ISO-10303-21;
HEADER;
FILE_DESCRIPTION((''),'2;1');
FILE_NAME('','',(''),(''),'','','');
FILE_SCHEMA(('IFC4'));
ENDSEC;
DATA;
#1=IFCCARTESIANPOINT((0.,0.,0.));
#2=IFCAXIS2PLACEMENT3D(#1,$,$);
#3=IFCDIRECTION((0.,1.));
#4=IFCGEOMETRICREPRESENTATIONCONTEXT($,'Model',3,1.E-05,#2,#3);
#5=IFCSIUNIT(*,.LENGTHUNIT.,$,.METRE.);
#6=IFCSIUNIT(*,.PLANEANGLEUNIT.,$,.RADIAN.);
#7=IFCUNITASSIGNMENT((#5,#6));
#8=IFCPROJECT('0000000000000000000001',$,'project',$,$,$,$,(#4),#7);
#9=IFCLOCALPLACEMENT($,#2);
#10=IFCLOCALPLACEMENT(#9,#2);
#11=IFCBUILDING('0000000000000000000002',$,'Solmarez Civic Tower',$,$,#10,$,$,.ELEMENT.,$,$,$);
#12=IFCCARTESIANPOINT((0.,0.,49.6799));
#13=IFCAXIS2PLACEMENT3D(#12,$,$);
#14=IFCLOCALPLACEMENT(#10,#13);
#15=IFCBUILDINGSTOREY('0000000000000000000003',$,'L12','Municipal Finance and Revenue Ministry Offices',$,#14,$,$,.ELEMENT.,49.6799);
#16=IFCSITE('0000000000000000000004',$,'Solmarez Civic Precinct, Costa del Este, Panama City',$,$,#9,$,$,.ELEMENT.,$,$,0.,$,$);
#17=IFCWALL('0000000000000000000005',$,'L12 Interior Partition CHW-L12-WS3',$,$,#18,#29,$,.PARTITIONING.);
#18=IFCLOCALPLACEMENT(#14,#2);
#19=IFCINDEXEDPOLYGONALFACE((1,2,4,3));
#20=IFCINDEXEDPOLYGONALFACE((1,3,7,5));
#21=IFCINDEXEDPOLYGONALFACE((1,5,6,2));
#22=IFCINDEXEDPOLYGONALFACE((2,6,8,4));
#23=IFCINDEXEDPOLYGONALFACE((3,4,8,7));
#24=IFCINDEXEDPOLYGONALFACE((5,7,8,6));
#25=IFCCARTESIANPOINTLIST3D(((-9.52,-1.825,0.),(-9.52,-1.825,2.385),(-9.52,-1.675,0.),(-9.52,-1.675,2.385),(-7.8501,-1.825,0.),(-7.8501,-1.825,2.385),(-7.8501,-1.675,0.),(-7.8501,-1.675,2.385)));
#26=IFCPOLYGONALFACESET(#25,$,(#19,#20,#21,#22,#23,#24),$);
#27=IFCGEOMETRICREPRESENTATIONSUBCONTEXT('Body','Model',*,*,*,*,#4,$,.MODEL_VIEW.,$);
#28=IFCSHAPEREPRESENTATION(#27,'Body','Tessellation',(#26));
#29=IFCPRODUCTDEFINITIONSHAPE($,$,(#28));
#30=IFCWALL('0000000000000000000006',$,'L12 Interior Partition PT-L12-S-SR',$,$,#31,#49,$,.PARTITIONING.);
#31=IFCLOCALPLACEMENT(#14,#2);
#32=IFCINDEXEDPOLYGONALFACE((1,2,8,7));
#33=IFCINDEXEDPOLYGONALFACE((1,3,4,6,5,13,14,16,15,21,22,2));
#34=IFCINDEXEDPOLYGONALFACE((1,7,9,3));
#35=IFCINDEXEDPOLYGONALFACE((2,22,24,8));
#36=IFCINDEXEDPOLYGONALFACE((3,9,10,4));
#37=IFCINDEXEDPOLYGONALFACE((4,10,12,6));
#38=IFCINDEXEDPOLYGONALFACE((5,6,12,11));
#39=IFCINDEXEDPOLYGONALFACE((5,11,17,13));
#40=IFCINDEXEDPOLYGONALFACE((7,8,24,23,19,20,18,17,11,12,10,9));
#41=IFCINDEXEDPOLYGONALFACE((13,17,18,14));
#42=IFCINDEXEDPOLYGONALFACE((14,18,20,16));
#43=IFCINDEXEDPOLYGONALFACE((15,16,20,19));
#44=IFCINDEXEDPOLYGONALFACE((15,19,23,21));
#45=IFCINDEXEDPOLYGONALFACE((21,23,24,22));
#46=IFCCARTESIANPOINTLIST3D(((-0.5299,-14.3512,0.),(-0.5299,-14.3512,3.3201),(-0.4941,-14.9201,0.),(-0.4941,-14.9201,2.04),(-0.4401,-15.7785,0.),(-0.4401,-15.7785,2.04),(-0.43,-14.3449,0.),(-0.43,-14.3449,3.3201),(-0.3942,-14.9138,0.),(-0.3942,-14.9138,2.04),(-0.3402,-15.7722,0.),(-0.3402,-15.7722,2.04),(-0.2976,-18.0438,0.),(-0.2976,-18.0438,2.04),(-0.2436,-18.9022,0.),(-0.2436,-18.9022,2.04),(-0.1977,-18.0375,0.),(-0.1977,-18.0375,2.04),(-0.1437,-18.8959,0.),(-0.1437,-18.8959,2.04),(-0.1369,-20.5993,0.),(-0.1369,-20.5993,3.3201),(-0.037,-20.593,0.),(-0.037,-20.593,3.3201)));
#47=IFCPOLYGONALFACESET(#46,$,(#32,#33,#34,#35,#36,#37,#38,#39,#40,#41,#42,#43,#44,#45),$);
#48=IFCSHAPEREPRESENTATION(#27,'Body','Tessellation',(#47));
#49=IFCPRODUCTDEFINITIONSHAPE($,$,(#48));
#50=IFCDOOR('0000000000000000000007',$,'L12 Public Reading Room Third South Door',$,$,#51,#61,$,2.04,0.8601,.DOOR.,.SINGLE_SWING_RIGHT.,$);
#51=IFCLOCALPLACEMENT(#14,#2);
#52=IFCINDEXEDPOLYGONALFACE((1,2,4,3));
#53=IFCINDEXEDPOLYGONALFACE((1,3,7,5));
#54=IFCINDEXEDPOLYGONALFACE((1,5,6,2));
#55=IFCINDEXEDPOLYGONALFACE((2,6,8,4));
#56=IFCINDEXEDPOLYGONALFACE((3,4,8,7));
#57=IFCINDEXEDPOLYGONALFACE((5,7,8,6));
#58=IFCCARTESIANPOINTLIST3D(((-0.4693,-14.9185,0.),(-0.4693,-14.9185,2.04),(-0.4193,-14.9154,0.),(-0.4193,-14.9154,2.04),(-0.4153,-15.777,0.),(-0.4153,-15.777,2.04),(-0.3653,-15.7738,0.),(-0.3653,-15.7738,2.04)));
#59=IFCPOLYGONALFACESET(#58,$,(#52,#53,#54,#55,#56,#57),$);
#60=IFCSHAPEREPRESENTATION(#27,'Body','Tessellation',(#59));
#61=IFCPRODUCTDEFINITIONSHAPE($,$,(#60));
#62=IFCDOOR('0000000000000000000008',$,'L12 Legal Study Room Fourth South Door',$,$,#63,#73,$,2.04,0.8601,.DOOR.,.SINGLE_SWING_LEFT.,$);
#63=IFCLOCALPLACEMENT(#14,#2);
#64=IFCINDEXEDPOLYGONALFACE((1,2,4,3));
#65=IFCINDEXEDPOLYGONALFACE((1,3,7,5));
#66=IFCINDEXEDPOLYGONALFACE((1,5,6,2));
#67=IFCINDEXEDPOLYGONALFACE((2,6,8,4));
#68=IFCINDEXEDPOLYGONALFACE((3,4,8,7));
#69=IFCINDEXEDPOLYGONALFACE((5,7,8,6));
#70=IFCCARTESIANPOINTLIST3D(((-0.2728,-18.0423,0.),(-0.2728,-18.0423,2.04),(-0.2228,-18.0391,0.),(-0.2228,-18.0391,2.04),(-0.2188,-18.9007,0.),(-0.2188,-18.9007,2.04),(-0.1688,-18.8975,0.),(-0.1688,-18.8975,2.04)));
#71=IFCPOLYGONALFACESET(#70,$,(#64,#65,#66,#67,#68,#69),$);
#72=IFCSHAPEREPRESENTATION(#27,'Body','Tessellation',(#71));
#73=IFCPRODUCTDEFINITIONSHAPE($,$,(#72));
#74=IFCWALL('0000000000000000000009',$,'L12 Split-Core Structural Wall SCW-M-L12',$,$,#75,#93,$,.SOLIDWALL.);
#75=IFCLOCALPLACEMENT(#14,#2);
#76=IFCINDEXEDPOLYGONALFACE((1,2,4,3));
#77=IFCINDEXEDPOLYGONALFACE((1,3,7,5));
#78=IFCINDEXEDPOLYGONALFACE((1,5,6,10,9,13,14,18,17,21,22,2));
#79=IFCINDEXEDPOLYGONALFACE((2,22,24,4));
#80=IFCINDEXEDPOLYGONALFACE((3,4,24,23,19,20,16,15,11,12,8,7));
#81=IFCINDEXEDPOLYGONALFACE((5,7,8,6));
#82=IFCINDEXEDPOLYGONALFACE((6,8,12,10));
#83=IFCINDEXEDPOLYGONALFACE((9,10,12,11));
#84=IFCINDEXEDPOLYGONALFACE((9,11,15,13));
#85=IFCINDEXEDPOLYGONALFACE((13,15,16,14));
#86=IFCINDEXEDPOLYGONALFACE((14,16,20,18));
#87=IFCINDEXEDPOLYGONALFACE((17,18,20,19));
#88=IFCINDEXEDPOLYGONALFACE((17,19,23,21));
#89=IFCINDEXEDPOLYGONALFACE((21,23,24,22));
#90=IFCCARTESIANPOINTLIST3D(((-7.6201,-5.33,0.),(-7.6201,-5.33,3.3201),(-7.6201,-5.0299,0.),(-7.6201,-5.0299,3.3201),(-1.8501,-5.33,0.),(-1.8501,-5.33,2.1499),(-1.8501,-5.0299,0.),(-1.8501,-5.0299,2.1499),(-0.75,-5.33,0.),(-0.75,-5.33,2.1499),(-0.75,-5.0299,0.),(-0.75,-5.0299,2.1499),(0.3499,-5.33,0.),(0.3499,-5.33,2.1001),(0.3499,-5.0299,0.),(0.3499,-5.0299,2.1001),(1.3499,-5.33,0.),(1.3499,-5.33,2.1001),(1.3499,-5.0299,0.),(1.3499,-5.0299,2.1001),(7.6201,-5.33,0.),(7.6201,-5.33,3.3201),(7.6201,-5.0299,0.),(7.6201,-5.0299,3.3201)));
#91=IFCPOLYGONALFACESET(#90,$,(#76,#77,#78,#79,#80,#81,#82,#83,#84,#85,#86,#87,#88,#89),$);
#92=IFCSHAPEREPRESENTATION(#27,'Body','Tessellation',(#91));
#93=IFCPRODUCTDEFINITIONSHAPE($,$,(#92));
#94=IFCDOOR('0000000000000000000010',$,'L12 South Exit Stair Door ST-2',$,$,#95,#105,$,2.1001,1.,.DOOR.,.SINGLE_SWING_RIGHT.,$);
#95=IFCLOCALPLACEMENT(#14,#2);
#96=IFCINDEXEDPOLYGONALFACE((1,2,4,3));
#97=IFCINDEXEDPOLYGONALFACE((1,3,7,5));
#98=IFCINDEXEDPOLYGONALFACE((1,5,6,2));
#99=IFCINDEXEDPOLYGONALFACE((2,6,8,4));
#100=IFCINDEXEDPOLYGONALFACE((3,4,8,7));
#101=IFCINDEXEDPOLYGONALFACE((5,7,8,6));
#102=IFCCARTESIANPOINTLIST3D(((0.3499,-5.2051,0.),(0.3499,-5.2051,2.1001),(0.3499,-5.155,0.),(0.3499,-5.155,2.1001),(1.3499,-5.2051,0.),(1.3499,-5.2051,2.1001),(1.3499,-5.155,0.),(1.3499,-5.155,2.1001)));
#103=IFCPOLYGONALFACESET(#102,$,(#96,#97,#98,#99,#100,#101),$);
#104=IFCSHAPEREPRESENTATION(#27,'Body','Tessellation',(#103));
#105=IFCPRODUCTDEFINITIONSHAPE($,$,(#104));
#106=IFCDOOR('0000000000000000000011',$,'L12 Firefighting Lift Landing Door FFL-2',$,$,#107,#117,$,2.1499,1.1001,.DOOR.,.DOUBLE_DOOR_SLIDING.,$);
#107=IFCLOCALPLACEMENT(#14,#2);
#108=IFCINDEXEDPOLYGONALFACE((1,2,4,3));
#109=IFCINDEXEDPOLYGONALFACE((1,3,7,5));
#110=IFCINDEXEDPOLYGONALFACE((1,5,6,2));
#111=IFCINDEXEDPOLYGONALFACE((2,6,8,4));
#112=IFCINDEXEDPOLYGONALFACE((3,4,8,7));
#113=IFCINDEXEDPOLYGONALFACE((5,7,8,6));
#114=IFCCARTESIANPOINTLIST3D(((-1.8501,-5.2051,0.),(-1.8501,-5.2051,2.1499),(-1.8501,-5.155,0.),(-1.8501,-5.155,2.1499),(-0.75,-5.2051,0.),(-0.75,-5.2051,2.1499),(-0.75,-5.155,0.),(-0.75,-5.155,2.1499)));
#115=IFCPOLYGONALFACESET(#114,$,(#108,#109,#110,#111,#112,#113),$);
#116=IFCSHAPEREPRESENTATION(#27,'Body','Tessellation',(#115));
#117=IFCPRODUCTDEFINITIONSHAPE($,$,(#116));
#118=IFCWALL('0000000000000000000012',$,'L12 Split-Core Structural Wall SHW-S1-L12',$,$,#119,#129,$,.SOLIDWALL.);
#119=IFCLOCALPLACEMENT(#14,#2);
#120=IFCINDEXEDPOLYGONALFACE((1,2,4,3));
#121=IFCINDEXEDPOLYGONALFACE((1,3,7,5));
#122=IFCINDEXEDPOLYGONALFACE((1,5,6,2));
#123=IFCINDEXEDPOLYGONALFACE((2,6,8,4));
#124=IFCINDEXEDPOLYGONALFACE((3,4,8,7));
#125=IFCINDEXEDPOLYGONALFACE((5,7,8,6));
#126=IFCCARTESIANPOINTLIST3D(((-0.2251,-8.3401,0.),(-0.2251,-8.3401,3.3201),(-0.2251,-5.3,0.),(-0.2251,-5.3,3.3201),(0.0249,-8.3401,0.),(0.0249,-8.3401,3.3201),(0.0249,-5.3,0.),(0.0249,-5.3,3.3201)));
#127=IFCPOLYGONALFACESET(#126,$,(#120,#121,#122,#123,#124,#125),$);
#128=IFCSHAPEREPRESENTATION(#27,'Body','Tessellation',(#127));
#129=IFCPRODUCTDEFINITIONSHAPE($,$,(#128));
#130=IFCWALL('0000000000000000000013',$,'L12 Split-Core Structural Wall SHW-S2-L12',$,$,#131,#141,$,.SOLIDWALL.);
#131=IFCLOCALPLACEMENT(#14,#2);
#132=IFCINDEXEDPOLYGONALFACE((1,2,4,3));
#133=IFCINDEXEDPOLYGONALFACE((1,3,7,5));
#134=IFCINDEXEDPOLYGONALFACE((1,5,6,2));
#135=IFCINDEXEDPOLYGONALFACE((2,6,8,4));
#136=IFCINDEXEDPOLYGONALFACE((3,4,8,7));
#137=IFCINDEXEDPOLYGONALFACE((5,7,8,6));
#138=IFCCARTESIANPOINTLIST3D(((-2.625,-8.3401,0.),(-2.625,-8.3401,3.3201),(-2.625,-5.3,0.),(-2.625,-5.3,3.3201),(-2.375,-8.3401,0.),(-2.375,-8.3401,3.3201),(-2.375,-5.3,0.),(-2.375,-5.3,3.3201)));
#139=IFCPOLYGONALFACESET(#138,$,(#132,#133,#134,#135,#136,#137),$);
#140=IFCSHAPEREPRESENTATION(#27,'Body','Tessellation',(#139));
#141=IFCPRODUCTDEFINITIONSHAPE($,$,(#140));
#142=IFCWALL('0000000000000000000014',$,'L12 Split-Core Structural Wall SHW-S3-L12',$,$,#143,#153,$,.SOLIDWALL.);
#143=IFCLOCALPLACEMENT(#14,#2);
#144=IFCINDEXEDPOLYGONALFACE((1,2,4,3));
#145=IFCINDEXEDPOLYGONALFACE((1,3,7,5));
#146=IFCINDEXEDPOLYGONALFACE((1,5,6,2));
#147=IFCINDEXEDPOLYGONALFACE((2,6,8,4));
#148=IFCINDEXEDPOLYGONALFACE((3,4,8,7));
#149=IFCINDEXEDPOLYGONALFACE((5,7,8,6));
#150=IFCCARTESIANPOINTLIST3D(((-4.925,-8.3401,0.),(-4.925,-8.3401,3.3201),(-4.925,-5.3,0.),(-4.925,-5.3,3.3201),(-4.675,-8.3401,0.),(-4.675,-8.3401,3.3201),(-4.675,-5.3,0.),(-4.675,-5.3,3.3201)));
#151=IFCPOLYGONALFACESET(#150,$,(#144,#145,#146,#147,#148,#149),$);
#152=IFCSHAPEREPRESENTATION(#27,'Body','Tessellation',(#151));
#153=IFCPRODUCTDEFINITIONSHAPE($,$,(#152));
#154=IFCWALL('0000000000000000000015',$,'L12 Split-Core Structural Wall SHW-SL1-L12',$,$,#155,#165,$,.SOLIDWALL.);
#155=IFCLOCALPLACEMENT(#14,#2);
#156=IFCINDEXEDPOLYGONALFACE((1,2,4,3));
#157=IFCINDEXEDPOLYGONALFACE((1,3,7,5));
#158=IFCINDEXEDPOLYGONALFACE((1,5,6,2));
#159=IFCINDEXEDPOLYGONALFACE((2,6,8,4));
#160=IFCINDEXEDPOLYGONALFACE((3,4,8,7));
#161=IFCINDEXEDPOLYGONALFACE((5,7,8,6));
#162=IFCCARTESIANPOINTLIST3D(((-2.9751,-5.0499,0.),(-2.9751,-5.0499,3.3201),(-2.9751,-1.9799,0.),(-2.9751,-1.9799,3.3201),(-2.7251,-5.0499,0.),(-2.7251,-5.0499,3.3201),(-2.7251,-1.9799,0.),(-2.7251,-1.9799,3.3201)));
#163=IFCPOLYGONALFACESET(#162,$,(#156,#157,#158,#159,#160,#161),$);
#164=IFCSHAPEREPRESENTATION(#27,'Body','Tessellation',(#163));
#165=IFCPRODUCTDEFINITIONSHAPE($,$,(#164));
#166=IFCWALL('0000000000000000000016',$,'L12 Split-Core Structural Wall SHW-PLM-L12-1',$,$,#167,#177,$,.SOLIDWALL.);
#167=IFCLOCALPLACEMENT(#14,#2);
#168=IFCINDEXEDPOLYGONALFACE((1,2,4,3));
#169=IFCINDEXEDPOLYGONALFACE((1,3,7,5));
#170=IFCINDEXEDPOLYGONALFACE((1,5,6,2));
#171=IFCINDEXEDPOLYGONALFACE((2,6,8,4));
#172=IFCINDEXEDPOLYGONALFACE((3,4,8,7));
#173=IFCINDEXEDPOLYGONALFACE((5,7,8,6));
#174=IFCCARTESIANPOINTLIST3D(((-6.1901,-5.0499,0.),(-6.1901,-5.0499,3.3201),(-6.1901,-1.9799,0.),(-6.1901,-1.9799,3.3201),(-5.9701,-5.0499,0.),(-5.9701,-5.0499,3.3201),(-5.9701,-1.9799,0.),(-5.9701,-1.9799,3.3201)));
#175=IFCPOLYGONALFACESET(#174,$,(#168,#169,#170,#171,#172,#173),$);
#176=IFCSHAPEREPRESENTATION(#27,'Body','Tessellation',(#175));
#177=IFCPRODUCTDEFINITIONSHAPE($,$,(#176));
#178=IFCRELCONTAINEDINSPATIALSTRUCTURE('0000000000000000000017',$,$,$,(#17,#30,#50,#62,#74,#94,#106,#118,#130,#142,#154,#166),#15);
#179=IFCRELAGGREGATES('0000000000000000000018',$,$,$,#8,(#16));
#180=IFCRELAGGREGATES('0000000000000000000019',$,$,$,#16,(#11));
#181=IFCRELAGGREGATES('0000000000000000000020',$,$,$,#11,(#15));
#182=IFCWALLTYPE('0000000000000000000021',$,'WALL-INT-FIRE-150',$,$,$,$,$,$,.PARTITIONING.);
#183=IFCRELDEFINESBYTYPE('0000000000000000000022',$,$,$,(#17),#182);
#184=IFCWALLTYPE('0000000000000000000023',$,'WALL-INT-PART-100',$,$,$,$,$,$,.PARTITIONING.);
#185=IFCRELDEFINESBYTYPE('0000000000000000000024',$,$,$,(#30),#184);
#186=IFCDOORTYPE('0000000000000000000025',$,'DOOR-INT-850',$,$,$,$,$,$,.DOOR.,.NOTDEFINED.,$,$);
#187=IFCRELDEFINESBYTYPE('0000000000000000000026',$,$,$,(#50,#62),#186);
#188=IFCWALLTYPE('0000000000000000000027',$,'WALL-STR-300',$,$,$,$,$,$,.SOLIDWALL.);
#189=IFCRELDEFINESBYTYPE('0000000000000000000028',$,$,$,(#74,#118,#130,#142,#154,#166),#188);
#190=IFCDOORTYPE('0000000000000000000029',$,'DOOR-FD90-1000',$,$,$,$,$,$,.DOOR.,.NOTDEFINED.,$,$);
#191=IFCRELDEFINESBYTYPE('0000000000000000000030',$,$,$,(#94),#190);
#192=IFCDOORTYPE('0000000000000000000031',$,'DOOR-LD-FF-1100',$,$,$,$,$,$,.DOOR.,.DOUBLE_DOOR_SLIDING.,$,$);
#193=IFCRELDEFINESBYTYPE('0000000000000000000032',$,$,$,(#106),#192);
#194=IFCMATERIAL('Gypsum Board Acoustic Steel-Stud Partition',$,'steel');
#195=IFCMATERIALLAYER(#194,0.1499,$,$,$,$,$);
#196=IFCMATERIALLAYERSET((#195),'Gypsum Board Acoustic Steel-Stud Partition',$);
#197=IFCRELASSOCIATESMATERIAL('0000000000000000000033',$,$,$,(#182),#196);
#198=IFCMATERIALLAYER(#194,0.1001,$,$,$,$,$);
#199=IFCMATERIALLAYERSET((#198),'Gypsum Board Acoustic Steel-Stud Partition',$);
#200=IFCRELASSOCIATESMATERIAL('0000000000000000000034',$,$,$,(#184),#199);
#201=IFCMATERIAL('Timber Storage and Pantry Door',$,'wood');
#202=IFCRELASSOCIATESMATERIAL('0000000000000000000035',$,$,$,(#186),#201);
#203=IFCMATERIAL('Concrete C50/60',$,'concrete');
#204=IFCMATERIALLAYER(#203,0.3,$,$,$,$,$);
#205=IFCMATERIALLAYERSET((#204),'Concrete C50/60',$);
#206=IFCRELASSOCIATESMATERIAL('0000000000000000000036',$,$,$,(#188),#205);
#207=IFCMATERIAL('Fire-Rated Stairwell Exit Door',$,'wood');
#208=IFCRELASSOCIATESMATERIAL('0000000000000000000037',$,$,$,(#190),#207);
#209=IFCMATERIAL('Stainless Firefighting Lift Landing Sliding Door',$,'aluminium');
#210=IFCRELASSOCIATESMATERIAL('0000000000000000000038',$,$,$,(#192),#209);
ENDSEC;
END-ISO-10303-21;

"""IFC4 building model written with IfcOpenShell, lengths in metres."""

from ifc_helpers import new_model, si_unit, direction, frame, frame_2d, origin, place, context, subcontext, project, spatial, rectangle, extrude, material, layer, layer_set, type_object, element, fill, save


model = new_model("IFC4")

# Units and contexts
model_context = context("Model", 3, precision=1e-05, world=origin(), true_north=direction((0.0, 1.0)))
body_context = subcontext(model_context, "Body", "Model", "MODEL_VIEW")
ifc_project = project(units=[si_unit("LENGTHUNIT", "METRE"), si_unit("PLANEANGLEUNIT", "RADIAN")], contexts=[model_context])

# Site, building, storey
site_placement = place(None, origin())
site = spatial("IfcSite", under=ifc_project, at=site_placement, Name="Solmarez Civic Precinct, Costa del Este, Panama City", CompositionType="ELEMENT", RefElevation=0.0)
building_placement = place(site_placement, origin())
building = spatial("IfcBuilding", under=site, at=building_placement, Name="Solmarez Civic Tower", CompositionType="ELEMENT")
storey_placement = place(building_placement, frame((0.0, 0.0, 49.6799)))
storey = spatial("IfcBuildingStorey", under=building, at=storey_placement, Name="L12", Description="Municipal Finance and Revenue Ministry Offices", CompositionType="ELEMENT", Elevation=49.6799)

# Shared definitions
ifc_material_1 = material(Name="Concrete C50/60", Category="concrete")

# Wall
ifc_material_2 = material(Name="Gypsum Board Acoustic Steel-Stud Partition", Category="steel")
ifc_layer_1 = layer(ifc_material_2, 0.1499)
ifc_layer_set_1 = layer_set([ifc_layer_1], Name="Gypsum Board Acoustic Steel-Stud Partition")
wall_type_1 = type_object("IfcWallType", Name="WALL-INT-FIRE-150", PredefinedType="PARTITIONING", material=ifc_layer_set_1)
wall_1_placement = place(storey_placement, frame((-7.8501, -1.75, 0.0), z_axis=(0.0, 0.0, 1.0), x_axis=(-1.0, 0.0, 0.0)))
element("IfcWall", 1, at=wall_1_placement, inside=storey, type_object=wall_type_1, Name="L12 Interior Partition CHW-L12-WS3", PredefinedType="PARTITIONING", context=body_context, shape_type="SweptSolid", body=[
    extrude(rectangle(XDim=1.6699, YDim=0.1499, at=frame_2d((0.835, 0.0))), origin(), (0.0, 0.0, 1.0), 2.385),
])

# Walls, openings, doors
ifc_layer_2 = layer(ifc_material_2, 0.1001)
ifc_layer_set_2 = layer_set([ifc_layer_2], Name="Gypsum Board Acoustic Steel-Stud Partition")
wall_type_2 = type_object("IfcWallType", Name="WALL-INT-PART-100", PredefinedType="PARTITIONING", material=ifc_layer_set_2)
wall_2_placement = place(storey_placement, frame((-0.48, -14.3479, 0.0), z_axis=(0.0, 0.0, 1.0), x_axis=(0.062786, -0.998027, 0.0)))
wall_2 = element("IfcWall", 2, at=wall_2_placement, inside=storey, type_object=wall_type_2, Name="L12 Interior Partition PT-L12-S-SR", PredefinedType="PARTITIONING", context=body_context, shape_type="SweptSolid", body=[
    extrude(rectangle(XDim=6.2605, YDim=0.1001, at=frame_2d((3.1304, 0.0))), origin(), (0.0, 0.0, 1.0), 3.3201),
])
opening_1_placement = place(wall_2_placement, frame((0.5701, 0.0, 0.0)))
opening_1 = element("IfcOpeningElement", 3, at=opening_1_placement, cuts=wall_2, PredefinedType="OPENING", context=body_context, shape_type="SweptSolid", body=[
    extrude(rectangle(XDim=0.8601, YDim=2.04, at=frame_2d((0.4302, 1.02))), frame((0.0, 0.0601, 0.0), z_axis=(0.0, -1.0, 0.0), x_axis=(1.0, 0.0, 0.0)), (0.0, 0.0, 1.0), 0.1201),
])
opening_2_placement = place(wall_2_placement, frame((3.7, 0.0, 0.0)))
opening_2 = element("IfcOpeningElement", 4, at=opening_2_placement, cuts=wall_2, PredefinedType="OPENING", context=body_context, shape_type="SweptSolid", body=[
    extrude(rectangle(XDim=0.8601, YDim=2.04, at=frame_2d((0.4302, 1.02))), frame((0.0, 0.0601, 0.0), z_axis=(0.0, -1.0, 0.0), x_axis=(1.0, 0.0, 0.0)), (0.0, 0.0, 1.0), 0.1201),
])
ifc_material_3 = material(Name="Timber Storage and Pantry Door", Category="wood")
door_type_1 = type_object("IfcDoorType", Name="DOOR-INT-850", OperationType="NOTDEFINED", PredefinedType="DOOR", material=ifc_material_3)
door_1_placement = place(opening_1_placement, origin())
door_1 = element("IfcDoor", 5, at=door_1_placement, inside=storey, type_object=door_type_1, Name="L12 Public Reading Room Third South Door", OperationType="SINGLE_SWING_RIGHT", OverallHeight=2.04, OverallWidth=0.8601, PredefinedType="DOOR", context=body_context, shape_type="SweptSolid", body=[
    extrude(rectangle(XDim=0.8601, YDim=2.04, at=frame_2d((0.4302, 1.02))), frame((0.0, 0.0249, 0.0), z_axis=(0.0, -1.0, 0.0), x_axis=(1.0, 0.0, 0.0)), (0.0, 0.0, 1.0), 0.05),
])
fill(opening_1, door_1)
door_2_placement = place(opening_2_placement, origin())
door_2 = element("IfcDoor", 6, at=door_2_placement, inside=storey, type_object=door_type_1, Name="L12 Legal Study Room Fourth South Door", OperationType="SINGLE_SWING_LEFT", OverallHeight=2.04, OverallWidth=0.8601, PredefinedType="DOOR", context=body_context, shape_type="SweptSolid", body=[
    extrude(rectangle(XDim=0.8601, YDim=2.04, at=frame_2d((0.4302, 1.02))), frame((0.0, 0.0249, 0.0), z_axis=(0.0, -1.0, 0.0), x_axis=(1.0, 0.0, 0.0)), (0.0, 0.0, 1.0), 0.05),
])
fill(opening_2, door_2)
ifc_layer_3 = layer(ifc_material_1, 0.3)
ifc_layer_set_3 = layer_set([ifc_layer_3], Name="Concrete C50/60")
wall_type_3 = type_object("IfcWallType", Name="WALL-STR-300", PredefinedType="SOLIDWALL", material=ifc_layer_set_3)
wall_3_placement = place(storey_placement, frame((-7.6201, -5.1799, 0.0), z_axis=(0.0, 0.0, 1.0), x_axis=(1.0, 0.0, 0.0)))
wall_3 = element("IfcWall", 7, at=wall_3_placement, inside=storey, type_object=wall_type_3, Name="L12 Split-Core Structural Wall SCW-M-L12", PredefinedType="SOLIDWALL", context=body_context, shape_type="SweptSolid", body=[
    extrude(rectangle(XDim=15.2402, YDim=0.3, at=frame_2d((7.6201, 0.0))), origin(), (0.0, 0.0, 1.0), 3.3201),
])
opening_3_placement = place(wall_3_placement, frame((5.77, 0.0, 0.0)))
opening_3 = element("IfcOpeningElement", 8, at=opening_3_placement, cuts=wall_3, PredefinedType="OPENING", context=body_context, shape_type="SweptSolid", body=[
    extrude(rectangle(XDim=1.1001, YDim=2.1499, at=frame_2d((0.55, 1.075))), frame((0.0, 0.1599, 0.0), z_axis=(0.0, -1.0, 0.0), x_axis=(1.0, 0.0, 0.0)), (0.0, 0.0, 1.0), 0.3201),
])
opening_4_placement = place(wall_3_placement, frame((7.97, 0.0, 0.0)))
opening_4 = element("IfcOpeningElement", 9, at=opening_4_placement, cuts=wall_3, PredefinedType="OPENING", context=body_context, shape_type="SweptSolid", body=[
    extrude(rectangle(XDim=1.0, YDim=2.1001, at=frame_2d((0.5, 1.05))), frame((0.0, 0.1599, 0.0), z_axis=(0.0, -1.0, 0.0), x_axis=(1.0, 0.0, 0.0)), (0.0, 0.0, 1.0), 0.3201),
])
ifc_material_4 = material(Name="Fire-Rated Stairwell Exit Door", Category="wood")
door_type_2 = type_object("IfcDoorType", Name="DOOR-FD90-1000", OperationType="NOTDEFINED", PredefinedType="DOOR", material=ifc_material_4)
door_3_placement = place(opening_4_placement, origin())
door_3 = element("IfcDoor", 10, at=door_3_placement, inside=storey, type_object=door_type_2, Name="L12 South Exit Stair Door ST-2", OperationType="SINGLE_SWING_RIGHT", OverallHeight=2.1001, OverallWidth=1.0, PredefinedType="DOOR", context=body_context, shape_type="SweptSolid", body=[
    extrude(rectangle(XDim=1.0, YDim=2.1001, at=frame_2d((0.5, 1.05))), frame((0.0, 0.0249, 0.0), z_axis=(0.0, -1.0, 0.0), x_axis=(1.0, 0.0, 0.0)), (0.0, 0.0, 1.0), 0.05),
])
fill(opening_4, door_3)
ifc_material_5 = material(Name="Stainless Firefighting Lift Landing Sliding Door", Category="aluminium")
door_type_3 = type_object("IfcDoorType", Name="DOOR-LD-FF-1100", OperationType="DOUBLE_DOOR_SLIDING", PredefinedType="DOOR", material=ifc_material_5)
door_4_placement = place(opening_3_placement, origin())
door_4 = element("IfcDoor", 11, at=door_4_placement, inside=storey, type_object=door_type_3, Name="L12 Firefighting Lift Landing Door FFL-2", OperationType="DOUBLE_DOOR_SLIDING", OverallHeight=2.1499, OverallWidth=1.1001, PredefinedType="DOOR", context=body_context, shape_type="SweptSolid", body=[
    extrude(rectangle(XDim=1.1001, YDim=2.1499, at=frame_2d((0.55, 1.075))), frame((0.0, 0.0249, 0.0), z_axis=(0.0, -1.0, 0.0), x_axis=(1.0, 0.0, 0.0)), (0.0, 0.0, 1.0), 0.05),
])
fill(opening_3, door_4)

# Walls
for number, where, z_axis, x_axis, name in (
    (12, (-0.1001, -8.3401, 0.0), (0.0, 0.0, 1.0), (0.0, 1.0, 0.0), "L12 Split-Core Structural Wall SHW-S1-L12"),
    (13, (-2.5, -8.3401, 0.0), (0.0, 0.0, 1.0), (0.0, 1.0, 0.0), "L12 Split-Core Structural Wall SHW-S2-L12"),
    (14, (-4.8, -8.3401, 0.0), (0.0, 0.0, 1.0), (0.0, 1.0, 0.0), "L12 Split-Core Structural Wall SHW-S3-L12"),
):
    element("IfcWall", number, at=place(storey_placement, frame(where, z_axis=z_axis, x_axis=x_axis)), inside=storey, type_object=wall_type_3, Name=name, PredefinedType="SOLIDWALL", context=body_context, shape_type="SweptSolid", body=[
        extrude(rectangle(XDim=3.04, YDim=0.25, at=frame_2d((1.52, 0.0))), origin(), (0.0, 0.0, 1.0), 3.3201),
    ])
wall_4_placement = place(storey_placement, frame((-2.8501, -5.05, 0.0), z_axis=(0.0, 0.0, 1.0), x_axis=(0.0, 1.0, 0.0)))
element("IfcWall", 15, at=wall_4_placement, inside=storey, type_object=wall_type_3, Name="L12 Split-Core Structural Wall SHW-SL1-L12", PredefinedType="SOLIDWALL", context=body_context, shape_type="SweptSolid", body=[
    extrude(rectangle(XDim=3.0701, YDim=0.25, at=frame_2d((1.5352, 0.0))), origin(), (0.0, 0.0, 1.0), 3.3201),
])
for number, where, z_axis, x_axis, name in (
    (16, (-6.0801, -5.05, 0.0), (0.0, 0.0, 1.0), (0.0, 1.0, 0.0), "L12 Split-Core Structural Wall SHW-PLM-L12-1"),
):
    element("IfcWall", number, at=place(storey_placement, frame(where, z_axis=z_axis, x_axis=x_axis)), inside=storey, type_object=wall_type_3, Name=name, PredefinedType="SOLIDWALL", context=body_context, shape_type="SweptSolid", body=[
        extrude(rectangle(XDim=3.0701, YDim=0.22, at=frame_2d((1.5352, 0.0))), origin(), (0.0, 0.0, 1.0), 3.3201),
    ])

save(model, "model.ifc")
